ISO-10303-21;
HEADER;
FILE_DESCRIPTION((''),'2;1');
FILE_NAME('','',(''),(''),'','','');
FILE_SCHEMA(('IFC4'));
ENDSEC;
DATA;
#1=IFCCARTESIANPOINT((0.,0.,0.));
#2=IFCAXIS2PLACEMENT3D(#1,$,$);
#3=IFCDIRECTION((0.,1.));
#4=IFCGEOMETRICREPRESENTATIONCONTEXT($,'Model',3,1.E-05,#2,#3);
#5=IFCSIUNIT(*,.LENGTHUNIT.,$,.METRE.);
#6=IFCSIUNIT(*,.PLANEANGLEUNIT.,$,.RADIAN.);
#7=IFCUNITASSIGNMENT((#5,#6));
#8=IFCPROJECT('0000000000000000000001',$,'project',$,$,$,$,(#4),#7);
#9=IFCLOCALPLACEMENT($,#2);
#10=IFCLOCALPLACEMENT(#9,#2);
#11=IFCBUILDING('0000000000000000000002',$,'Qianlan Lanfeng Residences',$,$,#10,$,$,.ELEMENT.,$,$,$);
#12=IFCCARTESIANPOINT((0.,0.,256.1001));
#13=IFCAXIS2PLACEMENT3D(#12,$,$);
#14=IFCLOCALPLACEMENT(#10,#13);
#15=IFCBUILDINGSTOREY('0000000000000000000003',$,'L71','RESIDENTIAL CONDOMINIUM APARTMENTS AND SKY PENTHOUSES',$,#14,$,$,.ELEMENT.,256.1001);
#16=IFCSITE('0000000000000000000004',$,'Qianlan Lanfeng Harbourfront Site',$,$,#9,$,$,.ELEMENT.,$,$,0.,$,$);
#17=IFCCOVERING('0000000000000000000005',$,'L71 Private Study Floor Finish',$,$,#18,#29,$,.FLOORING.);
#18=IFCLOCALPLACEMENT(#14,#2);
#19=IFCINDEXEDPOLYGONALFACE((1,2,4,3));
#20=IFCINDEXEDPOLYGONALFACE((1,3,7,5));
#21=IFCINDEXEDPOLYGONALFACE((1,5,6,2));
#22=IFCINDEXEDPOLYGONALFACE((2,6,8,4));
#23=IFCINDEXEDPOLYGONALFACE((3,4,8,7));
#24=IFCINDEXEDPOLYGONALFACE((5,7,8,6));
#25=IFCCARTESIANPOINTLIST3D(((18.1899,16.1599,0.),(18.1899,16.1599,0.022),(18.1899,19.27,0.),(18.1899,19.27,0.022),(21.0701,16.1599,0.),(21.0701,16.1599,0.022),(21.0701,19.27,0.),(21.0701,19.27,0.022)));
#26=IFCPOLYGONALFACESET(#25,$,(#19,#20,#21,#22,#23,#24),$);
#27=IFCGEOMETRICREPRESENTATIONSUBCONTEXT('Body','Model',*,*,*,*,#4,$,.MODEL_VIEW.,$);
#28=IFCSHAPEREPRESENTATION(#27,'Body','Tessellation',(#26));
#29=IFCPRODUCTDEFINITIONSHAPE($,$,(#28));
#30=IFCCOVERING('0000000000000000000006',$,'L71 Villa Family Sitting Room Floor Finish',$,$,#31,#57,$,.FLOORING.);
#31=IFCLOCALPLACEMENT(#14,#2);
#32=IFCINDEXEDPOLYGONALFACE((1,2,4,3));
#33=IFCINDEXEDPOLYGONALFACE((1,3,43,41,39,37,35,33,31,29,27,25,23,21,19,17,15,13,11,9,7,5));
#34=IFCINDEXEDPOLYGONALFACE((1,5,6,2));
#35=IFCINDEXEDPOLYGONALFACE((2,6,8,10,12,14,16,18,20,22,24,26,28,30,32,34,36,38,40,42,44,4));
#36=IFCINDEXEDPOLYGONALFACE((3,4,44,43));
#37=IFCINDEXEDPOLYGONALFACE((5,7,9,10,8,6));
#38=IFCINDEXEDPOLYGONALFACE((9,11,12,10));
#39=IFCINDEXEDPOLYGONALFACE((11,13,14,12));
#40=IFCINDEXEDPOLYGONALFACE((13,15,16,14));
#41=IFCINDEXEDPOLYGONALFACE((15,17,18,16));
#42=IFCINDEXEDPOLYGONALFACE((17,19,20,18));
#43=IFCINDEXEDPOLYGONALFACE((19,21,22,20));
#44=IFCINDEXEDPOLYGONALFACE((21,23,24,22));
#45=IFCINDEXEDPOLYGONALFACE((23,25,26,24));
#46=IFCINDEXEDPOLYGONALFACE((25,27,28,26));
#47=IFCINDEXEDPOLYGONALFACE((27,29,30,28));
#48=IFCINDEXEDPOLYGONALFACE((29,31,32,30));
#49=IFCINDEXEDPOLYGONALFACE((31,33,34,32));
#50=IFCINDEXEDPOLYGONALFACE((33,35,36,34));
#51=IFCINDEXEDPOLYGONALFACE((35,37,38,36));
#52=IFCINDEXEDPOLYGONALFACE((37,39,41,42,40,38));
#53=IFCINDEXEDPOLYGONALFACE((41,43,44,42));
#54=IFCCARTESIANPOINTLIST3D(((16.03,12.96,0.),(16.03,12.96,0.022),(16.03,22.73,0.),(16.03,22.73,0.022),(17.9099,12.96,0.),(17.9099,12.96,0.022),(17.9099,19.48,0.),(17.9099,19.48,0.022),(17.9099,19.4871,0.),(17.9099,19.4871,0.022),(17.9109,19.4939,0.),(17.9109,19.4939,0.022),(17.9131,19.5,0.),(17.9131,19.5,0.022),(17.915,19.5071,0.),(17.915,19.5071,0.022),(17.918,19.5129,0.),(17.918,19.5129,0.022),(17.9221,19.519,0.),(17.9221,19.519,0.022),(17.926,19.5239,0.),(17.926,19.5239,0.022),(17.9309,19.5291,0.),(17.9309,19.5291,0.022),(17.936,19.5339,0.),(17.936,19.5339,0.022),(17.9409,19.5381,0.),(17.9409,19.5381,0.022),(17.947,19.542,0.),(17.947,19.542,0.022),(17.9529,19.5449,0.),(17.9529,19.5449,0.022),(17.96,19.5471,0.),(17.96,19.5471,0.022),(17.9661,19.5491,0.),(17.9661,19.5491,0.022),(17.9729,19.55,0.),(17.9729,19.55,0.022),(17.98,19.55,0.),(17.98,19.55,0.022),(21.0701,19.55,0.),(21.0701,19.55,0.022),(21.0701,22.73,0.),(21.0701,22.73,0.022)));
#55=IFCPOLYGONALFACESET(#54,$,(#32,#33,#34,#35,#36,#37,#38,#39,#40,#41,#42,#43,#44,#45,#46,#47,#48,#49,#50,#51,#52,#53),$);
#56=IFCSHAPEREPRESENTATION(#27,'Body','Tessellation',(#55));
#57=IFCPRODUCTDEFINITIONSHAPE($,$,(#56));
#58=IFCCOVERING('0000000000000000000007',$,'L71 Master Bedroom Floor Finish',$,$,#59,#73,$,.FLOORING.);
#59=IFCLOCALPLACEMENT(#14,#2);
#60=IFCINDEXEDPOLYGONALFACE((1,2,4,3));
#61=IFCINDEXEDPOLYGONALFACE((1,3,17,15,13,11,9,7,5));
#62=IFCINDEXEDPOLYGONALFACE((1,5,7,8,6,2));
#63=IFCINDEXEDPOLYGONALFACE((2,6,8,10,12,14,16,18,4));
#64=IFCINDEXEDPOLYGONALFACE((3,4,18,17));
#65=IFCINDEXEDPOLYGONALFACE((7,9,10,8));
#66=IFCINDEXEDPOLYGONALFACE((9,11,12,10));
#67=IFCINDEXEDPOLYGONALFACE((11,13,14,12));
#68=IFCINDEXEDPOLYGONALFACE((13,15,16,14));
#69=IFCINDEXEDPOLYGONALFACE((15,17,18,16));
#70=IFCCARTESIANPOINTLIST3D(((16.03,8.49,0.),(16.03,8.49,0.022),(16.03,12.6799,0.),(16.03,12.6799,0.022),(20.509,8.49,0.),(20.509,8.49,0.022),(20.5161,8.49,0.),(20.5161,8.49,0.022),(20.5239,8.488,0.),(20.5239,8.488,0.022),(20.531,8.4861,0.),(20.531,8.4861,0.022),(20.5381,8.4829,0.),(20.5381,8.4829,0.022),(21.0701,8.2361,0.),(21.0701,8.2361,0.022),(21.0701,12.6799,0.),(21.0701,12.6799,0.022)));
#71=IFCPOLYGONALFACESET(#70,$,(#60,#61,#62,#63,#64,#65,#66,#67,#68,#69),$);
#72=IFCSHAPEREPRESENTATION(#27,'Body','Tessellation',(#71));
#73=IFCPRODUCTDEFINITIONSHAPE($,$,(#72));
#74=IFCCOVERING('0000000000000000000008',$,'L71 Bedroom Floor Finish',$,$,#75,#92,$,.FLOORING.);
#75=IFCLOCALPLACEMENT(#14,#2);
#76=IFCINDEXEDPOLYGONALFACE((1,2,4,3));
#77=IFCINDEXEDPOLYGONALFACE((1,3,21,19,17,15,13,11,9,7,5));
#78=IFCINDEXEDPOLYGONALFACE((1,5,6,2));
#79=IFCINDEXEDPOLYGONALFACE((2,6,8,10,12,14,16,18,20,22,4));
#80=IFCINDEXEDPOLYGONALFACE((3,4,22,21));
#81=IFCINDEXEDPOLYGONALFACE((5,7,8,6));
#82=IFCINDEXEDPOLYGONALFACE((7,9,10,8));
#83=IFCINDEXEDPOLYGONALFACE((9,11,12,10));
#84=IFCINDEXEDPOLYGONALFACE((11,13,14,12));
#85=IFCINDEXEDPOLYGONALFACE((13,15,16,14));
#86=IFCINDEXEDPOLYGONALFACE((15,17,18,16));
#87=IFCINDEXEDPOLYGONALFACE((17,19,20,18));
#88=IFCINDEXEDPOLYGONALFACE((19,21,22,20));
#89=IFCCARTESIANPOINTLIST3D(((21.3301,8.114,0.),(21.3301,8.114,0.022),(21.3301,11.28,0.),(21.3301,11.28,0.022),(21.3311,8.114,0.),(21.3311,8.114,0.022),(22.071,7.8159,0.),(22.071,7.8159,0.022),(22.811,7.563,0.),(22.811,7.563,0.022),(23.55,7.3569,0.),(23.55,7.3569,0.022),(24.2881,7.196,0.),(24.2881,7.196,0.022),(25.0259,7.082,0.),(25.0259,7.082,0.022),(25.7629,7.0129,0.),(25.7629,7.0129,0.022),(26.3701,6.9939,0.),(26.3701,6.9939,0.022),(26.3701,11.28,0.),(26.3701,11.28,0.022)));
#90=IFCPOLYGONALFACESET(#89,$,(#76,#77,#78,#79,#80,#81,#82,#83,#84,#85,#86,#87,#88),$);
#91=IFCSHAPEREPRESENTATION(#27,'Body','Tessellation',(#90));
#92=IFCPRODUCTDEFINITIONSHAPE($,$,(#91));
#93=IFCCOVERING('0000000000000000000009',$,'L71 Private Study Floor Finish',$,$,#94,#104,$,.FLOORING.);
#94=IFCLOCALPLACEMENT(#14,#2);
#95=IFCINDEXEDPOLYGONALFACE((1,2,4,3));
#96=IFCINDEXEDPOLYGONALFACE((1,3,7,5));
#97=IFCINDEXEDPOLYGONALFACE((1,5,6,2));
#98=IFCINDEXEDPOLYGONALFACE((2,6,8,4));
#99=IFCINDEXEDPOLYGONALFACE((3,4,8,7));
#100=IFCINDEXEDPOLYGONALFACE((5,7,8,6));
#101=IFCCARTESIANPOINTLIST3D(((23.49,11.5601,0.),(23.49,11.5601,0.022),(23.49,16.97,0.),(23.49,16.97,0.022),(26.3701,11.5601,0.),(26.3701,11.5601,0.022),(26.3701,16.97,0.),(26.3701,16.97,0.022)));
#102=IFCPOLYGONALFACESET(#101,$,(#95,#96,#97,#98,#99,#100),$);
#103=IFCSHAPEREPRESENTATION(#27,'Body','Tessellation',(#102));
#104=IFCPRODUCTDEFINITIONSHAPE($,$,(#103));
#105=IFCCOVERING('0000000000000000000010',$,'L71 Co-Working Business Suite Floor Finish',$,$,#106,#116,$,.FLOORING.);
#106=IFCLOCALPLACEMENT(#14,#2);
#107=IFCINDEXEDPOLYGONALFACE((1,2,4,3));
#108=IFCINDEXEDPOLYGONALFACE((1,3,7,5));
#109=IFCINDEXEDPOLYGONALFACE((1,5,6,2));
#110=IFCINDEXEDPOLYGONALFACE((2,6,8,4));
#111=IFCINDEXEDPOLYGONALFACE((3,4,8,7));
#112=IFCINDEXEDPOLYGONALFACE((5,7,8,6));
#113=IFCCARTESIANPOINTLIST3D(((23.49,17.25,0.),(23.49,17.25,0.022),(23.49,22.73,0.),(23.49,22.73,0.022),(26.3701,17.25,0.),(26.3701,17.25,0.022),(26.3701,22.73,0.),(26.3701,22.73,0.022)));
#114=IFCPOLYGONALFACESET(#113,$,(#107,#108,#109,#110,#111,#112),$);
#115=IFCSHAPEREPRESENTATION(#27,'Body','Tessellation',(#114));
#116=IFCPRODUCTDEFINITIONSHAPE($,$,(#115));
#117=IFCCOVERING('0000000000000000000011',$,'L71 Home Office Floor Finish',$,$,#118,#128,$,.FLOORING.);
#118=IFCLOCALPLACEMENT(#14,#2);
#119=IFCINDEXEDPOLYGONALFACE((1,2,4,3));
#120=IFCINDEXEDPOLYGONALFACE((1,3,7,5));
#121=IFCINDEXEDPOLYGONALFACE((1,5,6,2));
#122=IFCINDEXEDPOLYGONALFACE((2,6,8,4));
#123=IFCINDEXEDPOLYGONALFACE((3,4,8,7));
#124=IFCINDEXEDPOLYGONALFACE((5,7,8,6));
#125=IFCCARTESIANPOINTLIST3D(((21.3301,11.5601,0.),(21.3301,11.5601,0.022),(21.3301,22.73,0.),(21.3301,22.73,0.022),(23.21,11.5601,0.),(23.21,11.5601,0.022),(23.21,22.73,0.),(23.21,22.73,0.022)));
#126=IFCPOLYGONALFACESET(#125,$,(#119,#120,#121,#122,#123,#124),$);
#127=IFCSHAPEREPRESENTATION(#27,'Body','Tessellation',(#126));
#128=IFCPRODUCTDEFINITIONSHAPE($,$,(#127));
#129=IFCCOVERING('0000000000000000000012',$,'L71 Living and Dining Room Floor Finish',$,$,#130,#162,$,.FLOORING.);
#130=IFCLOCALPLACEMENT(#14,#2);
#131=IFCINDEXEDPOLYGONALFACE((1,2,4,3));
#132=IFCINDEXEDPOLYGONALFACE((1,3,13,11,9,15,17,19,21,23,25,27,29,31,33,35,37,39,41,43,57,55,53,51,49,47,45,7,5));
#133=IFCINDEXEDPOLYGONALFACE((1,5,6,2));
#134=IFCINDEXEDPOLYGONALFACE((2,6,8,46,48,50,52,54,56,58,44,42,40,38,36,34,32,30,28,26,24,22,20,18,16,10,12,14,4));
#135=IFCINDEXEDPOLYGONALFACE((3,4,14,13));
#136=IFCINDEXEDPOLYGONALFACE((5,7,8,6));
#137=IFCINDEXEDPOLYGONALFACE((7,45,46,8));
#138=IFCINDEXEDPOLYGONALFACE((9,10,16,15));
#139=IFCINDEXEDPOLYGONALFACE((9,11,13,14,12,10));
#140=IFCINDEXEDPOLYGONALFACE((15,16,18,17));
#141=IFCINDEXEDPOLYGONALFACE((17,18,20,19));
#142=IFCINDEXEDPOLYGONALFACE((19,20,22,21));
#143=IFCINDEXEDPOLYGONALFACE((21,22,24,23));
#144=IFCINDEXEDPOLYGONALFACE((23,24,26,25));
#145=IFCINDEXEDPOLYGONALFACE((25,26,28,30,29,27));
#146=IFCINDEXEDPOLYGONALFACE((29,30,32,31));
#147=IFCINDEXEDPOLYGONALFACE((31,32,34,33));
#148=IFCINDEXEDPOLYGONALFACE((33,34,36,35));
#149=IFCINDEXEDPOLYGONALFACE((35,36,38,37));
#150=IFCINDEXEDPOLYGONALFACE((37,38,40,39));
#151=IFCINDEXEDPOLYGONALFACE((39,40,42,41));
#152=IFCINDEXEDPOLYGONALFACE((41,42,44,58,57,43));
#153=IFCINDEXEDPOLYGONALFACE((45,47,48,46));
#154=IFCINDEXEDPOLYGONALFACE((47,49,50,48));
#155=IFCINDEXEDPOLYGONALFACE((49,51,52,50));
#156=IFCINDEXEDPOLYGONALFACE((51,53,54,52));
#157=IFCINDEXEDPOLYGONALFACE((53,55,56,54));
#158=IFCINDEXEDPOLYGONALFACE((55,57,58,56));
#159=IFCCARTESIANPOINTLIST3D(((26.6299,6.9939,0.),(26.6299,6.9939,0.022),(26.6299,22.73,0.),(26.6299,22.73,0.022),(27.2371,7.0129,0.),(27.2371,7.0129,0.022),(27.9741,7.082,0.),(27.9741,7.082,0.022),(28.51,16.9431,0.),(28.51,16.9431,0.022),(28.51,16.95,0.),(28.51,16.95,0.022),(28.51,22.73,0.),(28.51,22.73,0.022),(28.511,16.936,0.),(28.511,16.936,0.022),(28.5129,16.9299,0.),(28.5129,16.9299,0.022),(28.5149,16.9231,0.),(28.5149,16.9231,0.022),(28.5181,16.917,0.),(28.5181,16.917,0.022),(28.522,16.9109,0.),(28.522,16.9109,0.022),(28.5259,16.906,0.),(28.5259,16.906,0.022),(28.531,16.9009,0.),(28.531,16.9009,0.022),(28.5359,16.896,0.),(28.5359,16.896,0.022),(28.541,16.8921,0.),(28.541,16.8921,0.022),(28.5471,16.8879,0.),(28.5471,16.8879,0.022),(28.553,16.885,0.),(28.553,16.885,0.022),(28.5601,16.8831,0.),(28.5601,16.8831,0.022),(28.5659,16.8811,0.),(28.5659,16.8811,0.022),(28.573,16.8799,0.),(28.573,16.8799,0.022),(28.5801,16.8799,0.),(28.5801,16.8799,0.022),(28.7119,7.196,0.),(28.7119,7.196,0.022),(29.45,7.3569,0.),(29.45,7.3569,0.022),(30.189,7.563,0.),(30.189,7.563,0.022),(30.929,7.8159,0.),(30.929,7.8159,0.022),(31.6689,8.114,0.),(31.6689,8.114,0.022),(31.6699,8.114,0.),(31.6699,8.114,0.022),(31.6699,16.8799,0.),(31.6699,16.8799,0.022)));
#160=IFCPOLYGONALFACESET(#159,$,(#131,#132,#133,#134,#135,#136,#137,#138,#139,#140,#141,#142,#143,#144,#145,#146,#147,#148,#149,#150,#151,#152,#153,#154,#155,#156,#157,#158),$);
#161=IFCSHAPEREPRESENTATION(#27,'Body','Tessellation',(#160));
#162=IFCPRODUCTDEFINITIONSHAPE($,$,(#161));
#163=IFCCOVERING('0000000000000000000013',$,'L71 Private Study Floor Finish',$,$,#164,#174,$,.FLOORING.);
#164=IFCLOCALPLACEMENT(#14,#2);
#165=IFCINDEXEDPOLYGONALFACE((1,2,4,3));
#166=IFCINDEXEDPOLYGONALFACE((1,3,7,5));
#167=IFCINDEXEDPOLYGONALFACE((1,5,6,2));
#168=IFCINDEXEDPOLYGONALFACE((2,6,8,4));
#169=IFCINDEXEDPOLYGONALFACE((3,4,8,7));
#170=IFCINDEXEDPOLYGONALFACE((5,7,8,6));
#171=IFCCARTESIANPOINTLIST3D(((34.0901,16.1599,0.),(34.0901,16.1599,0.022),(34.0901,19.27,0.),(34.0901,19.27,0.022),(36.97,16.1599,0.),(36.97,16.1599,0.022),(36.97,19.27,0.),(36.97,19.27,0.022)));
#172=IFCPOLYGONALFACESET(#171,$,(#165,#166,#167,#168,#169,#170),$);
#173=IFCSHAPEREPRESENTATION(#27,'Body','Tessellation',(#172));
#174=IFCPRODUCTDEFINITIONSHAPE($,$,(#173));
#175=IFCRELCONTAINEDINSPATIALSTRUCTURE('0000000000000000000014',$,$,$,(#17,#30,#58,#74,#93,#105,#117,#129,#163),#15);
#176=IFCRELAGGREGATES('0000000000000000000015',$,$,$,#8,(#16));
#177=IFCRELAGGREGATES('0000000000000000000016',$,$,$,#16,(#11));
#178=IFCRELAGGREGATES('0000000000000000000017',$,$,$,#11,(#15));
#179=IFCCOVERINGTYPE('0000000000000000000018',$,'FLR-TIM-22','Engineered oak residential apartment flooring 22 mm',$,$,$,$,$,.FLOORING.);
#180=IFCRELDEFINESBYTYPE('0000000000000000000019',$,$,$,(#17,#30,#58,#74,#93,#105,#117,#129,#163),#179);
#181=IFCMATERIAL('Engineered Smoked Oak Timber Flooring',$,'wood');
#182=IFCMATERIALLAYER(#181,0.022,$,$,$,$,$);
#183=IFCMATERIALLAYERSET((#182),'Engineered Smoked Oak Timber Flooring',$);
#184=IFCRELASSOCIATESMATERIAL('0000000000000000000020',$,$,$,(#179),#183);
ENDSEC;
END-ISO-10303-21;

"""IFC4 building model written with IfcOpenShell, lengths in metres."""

from ifc_helpers import new_model, si_unit, direction, frame, origin, place, context, subcontext, project, spatial, polyline, outline, extrude, material, layer, layer_set, type_object, element, save


model = new_model("IFC4")

# Units and contexts
model_context = context("Model", 3, precision=1e-05, world=origin(), true_north=direction((0.0, 1.0)))
body_context = subcontext(model_context, "Body", "Model", "MODEL_VIEW")
ifc_project = project(units=[si_unit("LENGTHUNIT", "METRE"), si_unit("PLANEANGLEUNIT", "RADIAN")], contexts=[model_context])

# Site, building, storey
site_placement = place(None, origin())
site = spatial("IfcSite", under=ifc_project, at=site_placement, Name="Qianlan Lanfeng Harbourfront Site", CompositionType="ELEMENT", RefElevation=0.0)
building_placement = place(site_placement, origin())
building = spatial("IfcBuilding", under=site, at=building_placement, Name="Qianlan Lanfeng Residences", CompositionType="ELEMENT")
storey_placement = place(building_placement, frame((0.0, 0.0, 256.1001)))
storey = spatial("IfcBuildingStorey", under=building, at=storey_placement, Name="L71", Description="RESIDENTIAL CONDOMINIUM APARTMENTS AND SKY PENTHOUSES", CompositionType="ELEMENT", Elevation=256.1001)

# Coverings
ifc_material_1 = material(Name="Engineered Smoked Oak Timber Flooring", Category="wood")
ifc_layer_1 = layer(ifc_material_1, 0.022)
ifc_layer_set_1 = layer_set([ifc_layer_1], Name="Engineered Smoked Oak Timber Flooring")
covering_type_1 = type_object("IfcCoveringType", Name="FLR-TIM-22", Description="Engineered oak residential apartment flooring 22 mm", PredefinedType="FLOORING", material=ifc_layer_set_1)
covering_1_placement = place(storey_placement, origin())
element("IfcCovering", 1, at=covering_1_placement, inside=storey, type_object=covering_type_1, Name="L71 Private Study Floor Finish", PredefinedType="FLOORING", context=body_context, shape_type="SweptSolid", body=[
    extrude(outline(polyline([(18.1899, 16.1599), (21.0701, 16.1599), (21.0701, 19.27), (18.1899, 19.27), (18.1899, 16.1599)])), origin(), (0.0, 0.0, 1.0), 0.022),
])
covering_2_placement = place(storey_placement, origin())
element("IfcCovering", 2, at=covering_2_placement, inside=storey, type_object=covering_type_1, Name="L71 Villa Family Sitting Room Floor Finish", PredefinedType="FLOORING", context=body_context, shape_type="SweptSolid", body=[
    extrude(outline(polyline([(16.03, 12.96), (17.9099, 12.96), (17.9099, 19.48), (17.9099, 19.4871), (17.9109, 19.4939), (17.9131, 19.5), (17.915, 19.5071), (17.918, 19.5129), (17.9221, 19.519), (17.926, 19.5239), (17.9309, 19.5291), (17.936, 19.5339), (17.9409, 19.5381), (17.947, 19.542), (17.9529, 19.5449), (17.96, 19.5471), (17.9661, 19.5491), (17.9729, 19.55), (17.98, 19.55), (21.0701, 19.55), (21.0701, 22.73), (16.03, 22.73), (16.03, 12.96)])), origin(), (0.0, 0.0, 1.0), 0.022),
])
covering_3_placement = place(storey_placement, origin())
element("IfcCovering", 3, at=covering_3_placement, inside=storey, type_object=covering_type_1, Name="L71 Master Bedroom Floor Finish", PredefinedType="FLOORING", context=body_context, shape_type="SweptSolid", body=[
    extrude(outline(polyline([(16.03, 12.6799), (16.03, 8.49), (20.509, 8.49), (20.5161, 8.49), (20.5239, 8.488), (20.531, 8.4861), (20.5381, 8.4829), (21.0701, 8.2361), (21.0701, 12.6799), (16.03, 12.6799)])), origin(), (0.0, 0.0, 1.0), 0.022),
])
covering_4_placement = place(storey_placement, origin())
element("IfcCovering", 4, at=covering_4_placement, inside=storey, type_object=covering_type_1, Name="L71 Bedroom Floor Finish", PredefinedType="FLOORING", context=body_context, shape_type="SweptSolid", body=[
    extrude(outline(polyline([(21.3301, 11.28), (21.3301, 8.114), (21.3311, 8.114), (22.071, 7.8159), (22.811, 7.563), (23.55, 7.3569), (24.2881, 7.196), (25.0259, 7.082), (25.7629, 7.0129), (26.3701, 6.9939), (26.3701, 11.28), (21.3301, 11.28)])), origin(), (0.0, 0.0, 1.0), 0.022),
])
covering_5_placement = place(storey_placement, origin())
element("IfcCovering", 5, at=covering_5_placement, inside=storey, type_object=covering_type_1, Name="L71 Private Study Floor Finish", PredefinedType="FLOORING", context=body_context, shape_type="SweptSolid", body=[
    extrude(outline(polyline([(23.49, 11.5601), (26.3701, 11.5601), (26.3701, 16.97), (23.49, 16.97), (23.49, 11.5601)])), origin(), (0.0, 0.0, 1.0), 0.022),
])
covering_6_placement = place(storey_placement, origin())
element("IfcCovering", 6, at=covering_6_placement, inside=storey, type_object=covering_type_1, Name="L71 Co-Working Business Suite Floor Finish", PredefinedType="FLOORING", context=body_context, shape_type="SweptSolid", body=[
    extrude(outline(polyline([(23.49, 17.25), (26.3701, 17.25), (26.3701, 22.73), (23.49, 22.73), (23.49, 17.25)])), origin(), (0.0, 0.0, 1.0), 0.022),
])
covering_7_placement = place(storey_placement, origin())
element("IfcCovering", 7, at=covering_7_placement, inside=storey, type_object=covering_type_1, Name="L71 Home Office Floor Finish", PredefinedType="FLOORING", context=body_context, shape_type="SweptSolid", body=[
    extrude(outline(polyline([(21.3301, 11.5601), (23.21, 11.5601), (23.21, 22.73), (21.3301, 22.73), (21.3301, 11.5601)])), origin(), (0.0, 0.0, 1.0), 0.022),
])
covering_8_placement = place(storey_placement, origin())
element("IfcCovering", 8, at=covering_8_placement, inside=storey, type_object=covering_type_1, Name="L71 Living and Dining Room Floor Finish", PredefinedType="FLOORING", context=body_context, shape_type="SweptSolid", body=[
    extrude(outline(polyline([(31.6699, 8.114), (31.6699, 16.8799), (28.5801, 16.8799), (28.573, 16.8799), (28.5659, 16.8811), (28.5601, 16.8831), (28.553, 16.885), (28.5471, 16.8879), (28.541, 16.8921), (28.5359, 16.896), (28.531, 16.9009), (28.5259, 16.906), (28.522, 16.9109), (28.5181, 16.917), (28.5149, 16.9231), (28.5129, 16.9299), (28.511, 16.936), (28.51, 16.9431), (28.51, 16.95), (28.51, 22.73), (26.6299, 22.73), (26.6299, 6.9939), (27.2371, 7.0129), (27.9741, 7.082), (28.7119, 7.196), (29.45, 7.3569), (30.189, 7.563), (30.929, 7.8159), (31.6689, 8.114), (31.6699, 8.114)])), origin(), (0.0, 0.0, 1.0), 0.022),
])
covering_9_placement = place(storey_placement, origin())
element("IfcCovering", 9, at=covering_9_placement, inside=storey, type_object=covering_type_1, Name="L71 Private Study Floor Finish", PredefinedType="FLOORING", context=body_context, shape_type="SweptSolid", body=[
    extrude(outline(polyline([(34.0901, 16.1599), (36.97, 16.1599), (36.97, 19.27), (34.0901, 19.27), (34.0901, 16.1599)])), origin(), (0.0, 0.0, 1.0), 0.022),
])

save(model, "model.ifc")
